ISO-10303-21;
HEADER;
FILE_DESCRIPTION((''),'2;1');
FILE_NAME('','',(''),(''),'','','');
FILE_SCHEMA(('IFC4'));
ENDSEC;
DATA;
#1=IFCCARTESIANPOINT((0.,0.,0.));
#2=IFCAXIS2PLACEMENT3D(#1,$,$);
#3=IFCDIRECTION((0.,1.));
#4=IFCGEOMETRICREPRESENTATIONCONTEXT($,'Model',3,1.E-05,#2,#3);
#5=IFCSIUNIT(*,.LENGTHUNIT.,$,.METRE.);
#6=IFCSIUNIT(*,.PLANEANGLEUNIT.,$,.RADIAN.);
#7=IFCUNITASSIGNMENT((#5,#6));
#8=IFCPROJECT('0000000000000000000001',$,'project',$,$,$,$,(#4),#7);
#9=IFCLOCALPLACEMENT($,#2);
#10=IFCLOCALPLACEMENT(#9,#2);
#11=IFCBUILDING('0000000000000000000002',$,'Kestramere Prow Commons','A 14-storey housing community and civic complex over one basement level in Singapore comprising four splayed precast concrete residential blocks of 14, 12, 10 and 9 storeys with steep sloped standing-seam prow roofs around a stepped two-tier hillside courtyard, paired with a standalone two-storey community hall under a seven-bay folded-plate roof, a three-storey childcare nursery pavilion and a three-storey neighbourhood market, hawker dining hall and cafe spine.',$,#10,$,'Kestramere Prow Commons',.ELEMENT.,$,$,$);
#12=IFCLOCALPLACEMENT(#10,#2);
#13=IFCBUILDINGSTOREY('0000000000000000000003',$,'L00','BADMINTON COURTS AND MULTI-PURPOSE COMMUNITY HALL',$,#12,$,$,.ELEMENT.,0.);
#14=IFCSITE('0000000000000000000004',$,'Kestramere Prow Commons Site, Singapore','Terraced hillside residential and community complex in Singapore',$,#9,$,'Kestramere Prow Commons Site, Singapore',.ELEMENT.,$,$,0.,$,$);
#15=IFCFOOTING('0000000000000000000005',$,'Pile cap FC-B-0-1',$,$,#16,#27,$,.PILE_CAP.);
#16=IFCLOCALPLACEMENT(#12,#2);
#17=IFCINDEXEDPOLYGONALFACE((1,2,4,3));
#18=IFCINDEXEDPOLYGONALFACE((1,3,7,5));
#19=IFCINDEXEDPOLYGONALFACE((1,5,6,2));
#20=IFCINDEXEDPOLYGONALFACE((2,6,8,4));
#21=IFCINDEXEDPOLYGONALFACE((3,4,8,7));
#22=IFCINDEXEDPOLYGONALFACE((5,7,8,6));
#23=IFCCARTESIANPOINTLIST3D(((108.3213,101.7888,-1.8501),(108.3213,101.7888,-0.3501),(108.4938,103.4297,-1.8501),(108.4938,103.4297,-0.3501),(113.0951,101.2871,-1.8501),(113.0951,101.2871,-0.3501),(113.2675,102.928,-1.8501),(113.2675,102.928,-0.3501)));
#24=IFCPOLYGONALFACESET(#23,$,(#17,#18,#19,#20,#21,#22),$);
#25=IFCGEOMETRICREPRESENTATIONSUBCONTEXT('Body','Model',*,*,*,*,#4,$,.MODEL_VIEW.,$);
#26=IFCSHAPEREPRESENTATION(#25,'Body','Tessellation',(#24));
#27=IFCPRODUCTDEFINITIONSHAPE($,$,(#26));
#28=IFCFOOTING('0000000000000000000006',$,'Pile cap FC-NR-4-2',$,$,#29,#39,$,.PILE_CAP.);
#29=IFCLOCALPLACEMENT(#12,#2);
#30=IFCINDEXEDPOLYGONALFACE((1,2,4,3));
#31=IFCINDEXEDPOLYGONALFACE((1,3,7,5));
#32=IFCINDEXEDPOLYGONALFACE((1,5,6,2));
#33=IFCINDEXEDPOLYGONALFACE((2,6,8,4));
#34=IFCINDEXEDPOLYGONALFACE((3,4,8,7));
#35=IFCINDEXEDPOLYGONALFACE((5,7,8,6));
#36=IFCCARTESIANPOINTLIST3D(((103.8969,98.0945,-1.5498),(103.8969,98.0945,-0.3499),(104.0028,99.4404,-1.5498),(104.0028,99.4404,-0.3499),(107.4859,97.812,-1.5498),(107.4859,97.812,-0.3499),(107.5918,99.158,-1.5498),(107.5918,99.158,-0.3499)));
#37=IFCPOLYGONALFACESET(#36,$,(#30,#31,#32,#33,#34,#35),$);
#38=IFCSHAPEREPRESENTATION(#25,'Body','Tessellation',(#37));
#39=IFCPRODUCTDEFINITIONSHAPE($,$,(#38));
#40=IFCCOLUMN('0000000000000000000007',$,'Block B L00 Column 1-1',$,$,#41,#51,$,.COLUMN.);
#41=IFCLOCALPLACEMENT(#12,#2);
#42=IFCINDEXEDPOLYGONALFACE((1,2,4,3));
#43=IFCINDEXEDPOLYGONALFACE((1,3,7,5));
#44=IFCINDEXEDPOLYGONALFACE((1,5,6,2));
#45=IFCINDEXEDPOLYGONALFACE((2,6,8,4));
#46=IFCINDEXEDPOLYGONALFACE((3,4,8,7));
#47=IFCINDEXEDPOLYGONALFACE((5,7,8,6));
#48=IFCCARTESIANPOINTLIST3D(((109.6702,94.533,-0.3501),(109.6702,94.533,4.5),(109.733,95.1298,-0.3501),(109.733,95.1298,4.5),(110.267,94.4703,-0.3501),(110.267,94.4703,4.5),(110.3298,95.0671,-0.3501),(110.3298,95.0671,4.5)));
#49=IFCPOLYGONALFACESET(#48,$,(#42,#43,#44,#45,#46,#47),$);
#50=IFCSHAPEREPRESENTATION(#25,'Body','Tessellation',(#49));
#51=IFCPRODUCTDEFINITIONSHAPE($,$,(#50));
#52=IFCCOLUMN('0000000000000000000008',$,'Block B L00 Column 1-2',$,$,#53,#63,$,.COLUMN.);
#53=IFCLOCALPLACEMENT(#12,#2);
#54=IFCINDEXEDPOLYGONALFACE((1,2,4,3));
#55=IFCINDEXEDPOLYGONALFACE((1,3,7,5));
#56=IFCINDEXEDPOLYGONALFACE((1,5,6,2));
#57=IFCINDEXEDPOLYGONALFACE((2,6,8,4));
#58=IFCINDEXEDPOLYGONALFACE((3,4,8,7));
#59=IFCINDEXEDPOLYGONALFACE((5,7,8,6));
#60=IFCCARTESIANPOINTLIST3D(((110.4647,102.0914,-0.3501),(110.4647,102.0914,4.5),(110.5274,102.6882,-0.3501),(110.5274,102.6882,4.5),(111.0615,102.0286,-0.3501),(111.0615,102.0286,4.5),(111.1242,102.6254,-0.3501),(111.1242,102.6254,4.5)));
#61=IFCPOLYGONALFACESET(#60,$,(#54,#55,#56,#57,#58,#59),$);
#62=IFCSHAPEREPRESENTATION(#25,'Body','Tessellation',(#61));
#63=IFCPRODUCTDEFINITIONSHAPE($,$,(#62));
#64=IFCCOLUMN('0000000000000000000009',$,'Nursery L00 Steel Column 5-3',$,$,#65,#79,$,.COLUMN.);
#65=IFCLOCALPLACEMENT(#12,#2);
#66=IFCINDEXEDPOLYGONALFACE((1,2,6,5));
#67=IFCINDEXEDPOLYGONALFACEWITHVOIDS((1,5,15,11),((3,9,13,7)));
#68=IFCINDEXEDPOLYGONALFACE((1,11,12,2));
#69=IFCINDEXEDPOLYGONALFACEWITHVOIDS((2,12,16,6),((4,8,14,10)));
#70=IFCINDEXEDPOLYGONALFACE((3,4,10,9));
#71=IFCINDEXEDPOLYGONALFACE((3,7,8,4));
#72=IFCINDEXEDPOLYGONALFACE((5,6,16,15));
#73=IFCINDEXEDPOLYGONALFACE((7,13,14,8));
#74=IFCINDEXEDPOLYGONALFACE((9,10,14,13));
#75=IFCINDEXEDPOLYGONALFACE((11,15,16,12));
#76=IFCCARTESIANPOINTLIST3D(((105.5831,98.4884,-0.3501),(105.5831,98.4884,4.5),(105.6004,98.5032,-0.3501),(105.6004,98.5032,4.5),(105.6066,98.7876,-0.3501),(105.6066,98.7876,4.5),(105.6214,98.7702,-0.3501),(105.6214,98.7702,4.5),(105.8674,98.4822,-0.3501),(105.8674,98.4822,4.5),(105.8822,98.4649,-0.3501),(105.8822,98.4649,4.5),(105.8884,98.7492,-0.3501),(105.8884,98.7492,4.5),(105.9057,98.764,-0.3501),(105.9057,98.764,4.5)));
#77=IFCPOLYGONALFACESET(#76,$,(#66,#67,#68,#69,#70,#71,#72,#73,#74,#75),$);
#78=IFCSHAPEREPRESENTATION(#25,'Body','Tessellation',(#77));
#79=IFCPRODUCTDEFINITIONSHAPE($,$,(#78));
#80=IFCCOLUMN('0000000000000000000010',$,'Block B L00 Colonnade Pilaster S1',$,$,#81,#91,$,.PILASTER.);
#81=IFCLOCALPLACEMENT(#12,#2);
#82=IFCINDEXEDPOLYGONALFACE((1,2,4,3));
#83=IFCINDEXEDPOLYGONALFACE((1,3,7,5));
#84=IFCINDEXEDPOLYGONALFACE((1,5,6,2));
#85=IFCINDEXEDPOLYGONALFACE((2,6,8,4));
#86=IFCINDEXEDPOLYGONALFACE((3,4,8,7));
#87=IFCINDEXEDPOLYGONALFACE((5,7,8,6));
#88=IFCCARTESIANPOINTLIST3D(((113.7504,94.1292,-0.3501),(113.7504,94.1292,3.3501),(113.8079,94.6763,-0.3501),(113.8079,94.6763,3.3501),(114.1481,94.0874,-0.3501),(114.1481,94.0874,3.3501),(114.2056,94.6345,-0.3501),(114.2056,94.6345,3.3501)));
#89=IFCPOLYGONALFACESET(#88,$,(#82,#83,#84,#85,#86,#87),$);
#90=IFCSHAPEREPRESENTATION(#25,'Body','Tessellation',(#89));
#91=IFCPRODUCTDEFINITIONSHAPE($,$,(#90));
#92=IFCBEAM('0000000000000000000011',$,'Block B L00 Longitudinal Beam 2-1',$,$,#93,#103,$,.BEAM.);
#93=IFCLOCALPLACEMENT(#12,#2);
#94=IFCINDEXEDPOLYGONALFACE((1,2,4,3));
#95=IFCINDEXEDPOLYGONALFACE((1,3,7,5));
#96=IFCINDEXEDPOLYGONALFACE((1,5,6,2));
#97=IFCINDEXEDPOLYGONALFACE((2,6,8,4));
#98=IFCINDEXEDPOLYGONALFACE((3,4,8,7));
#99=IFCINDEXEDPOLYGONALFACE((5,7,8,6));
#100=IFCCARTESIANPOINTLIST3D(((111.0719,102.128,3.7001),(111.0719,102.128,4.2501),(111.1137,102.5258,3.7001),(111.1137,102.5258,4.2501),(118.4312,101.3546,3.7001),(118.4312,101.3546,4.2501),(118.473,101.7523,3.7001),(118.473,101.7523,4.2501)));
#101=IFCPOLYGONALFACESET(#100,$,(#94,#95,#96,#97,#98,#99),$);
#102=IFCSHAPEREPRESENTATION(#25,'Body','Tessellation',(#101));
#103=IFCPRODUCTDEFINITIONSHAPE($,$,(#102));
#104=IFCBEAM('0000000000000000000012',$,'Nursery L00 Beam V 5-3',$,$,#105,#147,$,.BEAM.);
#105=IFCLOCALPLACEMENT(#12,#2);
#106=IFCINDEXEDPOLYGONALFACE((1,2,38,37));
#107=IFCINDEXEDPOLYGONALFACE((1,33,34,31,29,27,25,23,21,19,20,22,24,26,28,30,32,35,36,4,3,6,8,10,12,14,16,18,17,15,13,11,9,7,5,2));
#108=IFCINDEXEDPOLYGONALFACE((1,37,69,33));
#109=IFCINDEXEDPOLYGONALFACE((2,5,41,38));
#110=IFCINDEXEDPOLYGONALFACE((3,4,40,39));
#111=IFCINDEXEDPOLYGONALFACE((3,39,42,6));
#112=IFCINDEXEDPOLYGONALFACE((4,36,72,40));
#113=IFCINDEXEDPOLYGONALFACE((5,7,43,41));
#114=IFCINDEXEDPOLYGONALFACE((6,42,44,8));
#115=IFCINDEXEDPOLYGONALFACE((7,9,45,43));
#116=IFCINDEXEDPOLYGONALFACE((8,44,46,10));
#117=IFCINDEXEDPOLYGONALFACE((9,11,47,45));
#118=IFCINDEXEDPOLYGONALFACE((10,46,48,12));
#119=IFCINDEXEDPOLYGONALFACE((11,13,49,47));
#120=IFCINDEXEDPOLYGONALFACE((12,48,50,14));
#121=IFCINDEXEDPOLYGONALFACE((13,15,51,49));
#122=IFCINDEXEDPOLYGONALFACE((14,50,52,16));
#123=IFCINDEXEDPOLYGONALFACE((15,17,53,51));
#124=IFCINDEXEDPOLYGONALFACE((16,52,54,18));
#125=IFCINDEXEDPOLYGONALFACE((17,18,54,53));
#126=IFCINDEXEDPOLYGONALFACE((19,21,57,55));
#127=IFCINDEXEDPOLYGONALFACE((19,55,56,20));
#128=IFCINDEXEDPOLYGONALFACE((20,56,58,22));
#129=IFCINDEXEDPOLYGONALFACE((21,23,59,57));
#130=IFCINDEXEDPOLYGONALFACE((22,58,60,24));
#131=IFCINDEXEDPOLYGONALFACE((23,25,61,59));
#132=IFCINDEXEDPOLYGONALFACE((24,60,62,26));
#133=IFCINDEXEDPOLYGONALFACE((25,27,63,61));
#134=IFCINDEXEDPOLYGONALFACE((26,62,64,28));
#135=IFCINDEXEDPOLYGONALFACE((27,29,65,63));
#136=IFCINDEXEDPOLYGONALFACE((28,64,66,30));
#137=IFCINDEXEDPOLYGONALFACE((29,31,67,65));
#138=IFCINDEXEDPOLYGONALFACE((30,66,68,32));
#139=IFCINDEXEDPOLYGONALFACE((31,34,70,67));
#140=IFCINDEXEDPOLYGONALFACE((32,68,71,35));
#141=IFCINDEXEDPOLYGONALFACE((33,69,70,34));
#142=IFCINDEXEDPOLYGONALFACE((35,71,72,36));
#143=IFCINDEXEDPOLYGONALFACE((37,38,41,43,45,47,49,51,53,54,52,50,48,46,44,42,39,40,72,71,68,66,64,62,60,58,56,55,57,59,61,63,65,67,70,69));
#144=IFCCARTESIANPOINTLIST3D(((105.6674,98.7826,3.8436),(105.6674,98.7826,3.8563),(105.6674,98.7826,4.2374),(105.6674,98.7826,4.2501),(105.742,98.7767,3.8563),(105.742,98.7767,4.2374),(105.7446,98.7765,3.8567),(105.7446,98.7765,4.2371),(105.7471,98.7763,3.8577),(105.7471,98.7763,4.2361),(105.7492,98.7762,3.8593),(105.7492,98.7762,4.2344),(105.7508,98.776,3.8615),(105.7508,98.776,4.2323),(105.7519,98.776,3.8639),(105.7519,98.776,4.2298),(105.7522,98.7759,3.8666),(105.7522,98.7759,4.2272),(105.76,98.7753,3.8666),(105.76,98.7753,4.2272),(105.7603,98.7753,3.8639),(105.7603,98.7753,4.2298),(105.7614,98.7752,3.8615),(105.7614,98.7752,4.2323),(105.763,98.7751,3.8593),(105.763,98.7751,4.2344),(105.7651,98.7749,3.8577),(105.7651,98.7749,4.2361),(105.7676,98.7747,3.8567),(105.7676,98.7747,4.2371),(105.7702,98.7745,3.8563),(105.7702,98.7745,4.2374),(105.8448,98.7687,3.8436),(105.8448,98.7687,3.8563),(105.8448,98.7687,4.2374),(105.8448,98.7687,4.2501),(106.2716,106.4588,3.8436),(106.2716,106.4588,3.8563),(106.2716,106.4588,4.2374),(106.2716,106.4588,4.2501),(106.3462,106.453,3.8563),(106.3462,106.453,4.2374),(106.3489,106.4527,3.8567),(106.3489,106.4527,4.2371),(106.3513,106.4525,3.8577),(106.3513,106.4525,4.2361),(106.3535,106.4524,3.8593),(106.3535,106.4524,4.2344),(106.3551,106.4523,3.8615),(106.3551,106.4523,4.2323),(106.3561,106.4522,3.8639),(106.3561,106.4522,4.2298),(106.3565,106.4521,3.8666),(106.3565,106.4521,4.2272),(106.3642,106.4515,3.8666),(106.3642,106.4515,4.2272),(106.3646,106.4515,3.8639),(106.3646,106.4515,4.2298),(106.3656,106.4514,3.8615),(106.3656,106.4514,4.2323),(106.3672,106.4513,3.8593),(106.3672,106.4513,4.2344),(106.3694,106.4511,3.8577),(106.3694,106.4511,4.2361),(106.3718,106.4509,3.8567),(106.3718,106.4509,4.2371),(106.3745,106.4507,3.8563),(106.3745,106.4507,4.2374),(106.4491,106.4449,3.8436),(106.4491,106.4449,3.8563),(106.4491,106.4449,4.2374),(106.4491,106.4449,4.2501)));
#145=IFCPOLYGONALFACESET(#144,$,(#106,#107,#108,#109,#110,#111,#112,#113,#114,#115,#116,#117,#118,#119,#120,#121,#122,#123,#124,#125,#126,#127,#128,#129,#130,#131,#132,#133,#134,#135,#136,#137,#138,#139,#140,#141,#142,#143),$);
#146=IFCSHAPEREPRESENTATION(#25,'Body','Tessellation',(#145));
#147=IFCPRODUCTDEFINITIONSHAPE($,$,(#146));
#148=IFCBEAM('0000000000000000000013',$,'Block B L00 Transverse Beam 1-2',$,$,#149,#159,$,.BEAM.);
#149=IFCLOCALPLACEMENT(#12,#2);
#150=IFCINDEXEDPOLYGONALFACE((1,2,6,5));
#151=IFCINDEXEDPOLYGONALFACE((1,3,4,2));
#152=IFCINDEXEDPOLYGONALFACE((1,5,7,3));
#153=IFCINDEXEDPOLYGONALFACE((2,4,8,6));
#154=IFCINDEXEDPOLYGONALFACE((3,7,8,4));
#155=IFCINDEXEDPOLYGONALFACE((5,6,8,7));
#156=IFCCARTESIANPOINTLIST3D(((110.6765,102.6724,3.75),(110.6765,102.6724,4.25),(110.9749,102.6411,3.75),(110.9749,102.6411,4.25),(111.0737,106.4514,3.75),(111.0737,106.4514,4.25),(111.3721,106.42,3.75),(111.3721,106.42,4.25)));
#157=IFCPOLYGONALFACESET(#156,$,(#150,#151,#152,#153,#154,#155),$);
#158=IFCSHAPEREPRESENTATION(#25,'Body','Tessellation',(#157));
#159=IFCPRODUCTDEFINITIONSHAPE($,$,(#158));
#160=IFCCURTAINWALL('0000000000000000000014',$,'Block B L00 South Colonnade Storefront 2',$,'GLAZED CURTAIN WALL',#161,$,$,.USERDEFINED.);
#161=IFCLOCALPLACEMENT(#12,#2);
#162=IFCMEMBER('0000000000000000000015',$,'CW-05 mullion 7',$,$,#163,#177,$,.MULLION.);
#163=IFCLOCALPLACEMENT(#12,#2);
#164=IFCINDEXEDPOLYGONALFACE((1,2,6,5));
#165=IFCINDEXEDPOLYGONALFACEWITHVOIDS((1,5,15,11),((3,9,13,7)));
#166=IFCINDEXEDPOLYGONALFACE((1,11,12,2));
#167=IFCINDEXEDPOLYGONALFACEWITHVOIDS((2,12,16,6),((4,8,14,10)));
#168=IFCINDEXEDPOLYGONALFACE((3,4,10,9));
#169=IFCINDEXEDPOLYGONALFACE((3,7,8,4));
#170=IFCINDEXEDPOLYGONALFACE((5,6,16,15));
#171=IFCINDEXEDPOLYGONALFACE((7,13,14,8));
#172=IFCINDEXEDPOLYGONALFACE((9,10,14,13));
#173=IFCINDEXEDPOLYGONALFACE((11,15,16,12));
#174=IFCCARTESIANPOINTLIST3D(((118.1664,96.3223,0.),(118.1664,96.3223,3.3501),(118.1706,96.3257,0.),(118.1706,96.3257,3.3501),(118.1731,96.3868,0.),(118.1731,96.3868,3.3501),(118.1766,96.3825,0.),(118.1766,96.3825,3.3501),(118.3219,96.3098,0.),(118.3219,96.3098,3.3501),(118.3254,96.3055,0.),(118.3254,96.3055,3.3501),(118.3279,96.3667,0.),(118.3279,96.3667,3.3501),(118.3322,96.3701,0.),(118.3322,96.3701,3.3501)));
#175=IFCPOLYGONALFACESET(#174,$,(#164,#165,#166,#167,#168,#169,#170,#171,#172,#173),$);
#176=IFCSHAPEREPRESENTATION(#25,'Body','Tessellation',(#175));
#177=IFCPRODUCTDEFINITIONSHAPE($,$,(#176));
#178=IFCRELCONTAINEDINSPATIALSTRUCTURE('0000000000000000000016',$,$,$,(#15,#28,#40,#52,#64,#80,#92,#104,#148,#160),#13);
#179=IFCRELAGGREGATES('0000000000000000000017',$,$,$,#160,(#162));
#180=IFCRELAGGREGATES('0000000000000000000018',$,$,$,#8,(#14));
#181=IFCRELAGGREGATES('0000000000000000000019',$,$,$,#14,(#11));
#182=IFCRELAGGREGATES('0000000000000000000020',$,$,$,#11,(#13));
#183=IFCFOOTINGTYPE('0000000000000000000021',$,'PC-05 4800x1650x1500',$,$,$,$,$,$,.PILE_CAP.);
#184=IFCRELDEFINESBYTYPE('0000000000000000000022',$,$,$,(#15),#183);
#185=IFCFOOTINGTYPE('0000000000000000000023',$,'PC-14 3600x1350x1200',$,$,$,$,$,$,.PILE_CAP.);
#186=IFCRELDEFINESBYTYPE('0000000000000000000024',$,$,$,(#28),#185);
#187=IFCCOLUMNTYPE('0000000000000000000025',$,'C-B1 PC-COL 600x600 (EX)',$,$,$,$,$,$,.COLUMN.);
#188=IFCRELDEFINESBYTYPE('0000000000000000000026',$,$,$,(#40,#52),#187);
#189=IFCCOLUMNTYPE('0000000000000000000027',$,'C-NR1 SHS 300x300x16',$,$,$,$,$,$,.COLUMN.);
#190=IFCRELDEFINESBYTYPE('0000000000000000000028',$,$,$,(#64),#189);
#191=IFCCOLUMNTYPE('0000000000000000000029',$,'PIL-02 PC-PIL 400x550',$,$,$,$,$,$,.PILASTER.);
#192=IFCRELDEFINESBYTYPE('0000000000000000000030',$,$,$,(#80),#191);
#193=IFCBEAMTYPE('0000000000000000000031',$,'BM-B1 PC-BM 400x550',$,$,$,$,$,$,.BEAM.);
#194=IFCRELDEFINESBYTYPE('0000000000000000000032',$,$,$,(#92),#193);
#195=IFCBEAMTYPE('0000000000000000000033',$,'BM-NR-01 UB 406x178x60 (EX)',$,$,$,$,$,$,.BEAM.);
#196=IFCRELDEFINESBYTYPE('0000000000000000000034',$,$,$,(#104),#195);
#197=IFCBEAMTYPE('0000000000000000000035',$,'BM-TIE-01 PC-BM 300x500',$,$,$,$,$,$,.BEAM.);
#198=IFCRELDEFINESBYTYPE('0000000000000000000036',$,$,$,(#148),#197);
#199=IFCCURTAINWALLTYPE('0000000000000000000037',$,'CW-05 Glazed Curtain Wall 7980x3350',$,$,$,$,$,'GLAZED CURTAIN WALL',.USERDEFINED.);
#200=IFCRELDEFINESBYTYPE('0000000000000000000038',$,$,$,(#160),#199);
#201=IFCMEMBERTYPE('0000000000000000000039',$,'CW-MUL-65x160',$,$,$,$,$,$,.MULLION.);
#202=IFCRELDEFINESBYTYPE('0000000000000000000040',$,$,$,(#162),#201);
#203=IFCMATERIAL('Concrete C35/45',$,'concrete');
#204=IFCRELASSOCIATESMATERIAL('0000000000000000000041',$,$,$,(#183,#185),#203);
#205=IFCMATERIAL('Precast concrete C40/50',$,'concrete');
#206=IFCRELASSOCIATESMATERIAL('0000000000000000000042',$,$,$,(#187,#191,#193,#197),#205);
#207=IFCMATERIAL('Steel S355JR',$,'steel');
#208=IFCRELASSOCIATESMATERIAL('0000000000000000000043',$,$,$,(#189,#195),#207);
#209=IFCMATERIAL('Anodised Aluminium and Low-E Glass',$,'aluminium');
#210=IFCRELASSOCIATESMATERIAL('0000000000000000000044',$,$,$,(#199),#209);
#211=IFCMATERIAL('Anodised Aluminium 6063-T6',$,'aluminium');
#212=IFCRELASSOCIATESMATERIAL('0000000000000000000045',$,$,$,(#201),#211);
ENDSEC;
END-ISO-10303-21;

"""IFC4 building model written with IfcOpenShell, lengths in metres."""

from ifc_helpers import new_model, si_unit, direction, frame, origin, origin_2d, place, context, subcontext, project, spatial, rectangle, hollow_rectangle, i_section, extrude, material, material_profile, profile_set, type_object, element, aggregate, save


model = new_model("IFC4")

# Units and contexts
model_context = context("Model", 3, precision=1e-05, world=origin(), true_north=direction((0.0, 1.0)))
body_context = subcontext(model_context, "Body", "Model", "MODEL_VIEW")
ifc_project = project(units=[si_unit("LENGTHUNIT", "METRE"), si_unit("PLANEANGLEUNIT", "RADIAN")], contexts=[model_context])

# Site, building, storey
site_placement = place(None, origin())
site = spatial("IfcSite", under=ifc_project, at=site_placement, Name="Kestramere Prow Commons Site, Singapore", Description="Terraced hillside residential and community complex in Singapore", LongName="Kestramere Prow Commons Site, Singapore", CompositionType="ELEMENT", RefElevation=0.0)
building_placement = place(site_placement, origin())
building = spatial("IfcBuilding", under=site, at=building_placement, Name="Kestramere Prow Commons", Description="A 14-storey housing community and civic complex over one basement level in Singapore comprising four splayed precast concrete residential blocks of 14, 12, 10 and 9 storeys with steep sloped standing-seam prow roofs around a stepped two-tier hillside courtyard, paired with a standalone two-storey community hall under a seven-bay folded-plate roof, a three-storey childcare nursery pavilion and a three-storey neighbourhood market, hawker dining hall and cafe spine.", LongName="Kestramere Prow Commons", CompositionType="ELEMENT")
storey_placement = place(building_placement, origin())
storey = spatial("IfcBuildingStorey", under=building, at=storey_placement, Name="L00", Description="BADMINTON COURTS AND MULTI-PURPOSE COMMUNITY HALL", CompositionType="ELEMENT", Elevation=0.0)

# Shared definitions
ifc_material_1 = material(Name="Concrete C35/45", Category="concrete")

# Footings
footing_type_1 = type_object("IfcFootingType", Name="PC-05 4800x1650x1500", PredefinedType="PILE_CAP", material=ifc_material_1)
footing_1_placement = place(storey_placement, frame((110.7944, 102.3584, -1.8501), z_axis=(0.0, 0.0, 1.0), x_axis=(0.994522, -0.104528, 0.0)))
element("IfcFooting", 1, at=footing_1_placement, inside=storey, type_object=footing_type_1, Name="Pile cap FC-B-0-1", PredefinedType="PILE_CAP", context=body_context, shape_type="SweptSolid", body=[
    extrude(rectangle(XDim=4.8, YDim=1.6499, at=origin_2d()), origin(), (0.0, 0.0, 1.0), 1.5),
])
footing_type_2 = type_object("IfcFootingType", Name="PC-14 3600x1350x1200", PredefinedType="PILE_CAP", material=ifc_material_1)
footing_2_placement = place(storey_placement, frame((105.7444, 98.6262, -1.5498), z_axis=(0.0, 0.0, 1.0), x_axis=(0.996917, -0.078459, 0.0)))
element("IfcFooting", 2, at=footing_2_placement, inside=storey, type_object=footing_type_2, Name="Pile cap FC-NR-4-2", PredefinedType="PILE_CAP", context=body_context, shape_type="SweptSolid", body=[
    extrude(rectangle(XDim=3.6001, YDim=1.3501, at=origin_2d()), origin(), (0.0, 0.0, 1.0), 1.2),
])

# Columns
ifc_material_2 = material(Name="Precast concrete C40/50", Category="concrete")
ifc_material_profile_1 = material_profile(ifc_material_2, rectangle(XDim=0.6001, YDim=0.6001, at=origin_2d()), Name="PC-COL 600x600")
ifc_profile_set_1 = profile_set([ifc_material_profile_1], Name="Precast concrete C40/50")
column_type_1 = type_object("IfcColumnType", Name="C-B1 PC-COL 600x600 (EX)", PredefinedType="COLUMN", material=ifc_profile_set_1)
for number, where, z_axis, x_axis, name in (
    (3, (110.0, 94.8, -0.3501), (0.0, 0.0, 1.0), (0.994522, -0.104528, 0.0), "Block B L00 Column 1-1"),
    (4, (110.7944, 102.3584, -0.3501), (0.0, 0.0, 1.0), (0.994522, -0.104528, 0.0), "Block B L00 Column 1-2"),
):
    element("IfcColumn", number, at=place(storey_placement, frame(where, z_axis=z_axis, x_axis=x_axis)), inside=storey, type_object=column_type_1, Name=name, PredefinedType="COLUMN", context=body_context, shape_type="SweptSolid", body=[
        extrude(rectangle(XDim=0.6001, YDim=0.6001, at=origin_2d()), origin(), (0.0, 0.0, 1.0), 4.8501),
    ])
ifc_material_3 = material(Name="Steel S355JR", Category="steel")
ifc_material_profile_2 = material_profile(ifc_material_3, hollow_rectangle(XDim=0.3, YDim=0.3, WallThickness=0.0161, at=origin_2d()), Name="SHS 300x300x16")
ifc_profile_set_2 = profile_set([ifc_material_profile_2], Name="Steel S355JR")
column_type_2 = type_object("IfcColumnType", Name="C-NR1 SHS 300x300x16", PredefinedType="COLUMN", material=ifc_profile_set_2)
column_1_placement = place(storey_placement, frame((105.7444, 98.6262, -0.3501), z_axis=(0.0, 0.0, 1.0), x_axis=(0.996917, -0.078459, 0.0)))
element("IfcColumn", 5, at=column_1_placement, inside=storey, type_object=column_type_2, Name="Nursery L00 Steel Column 5-3", PredefinedType="COLUMN", context=body_context, shape_type="SweptSolid", body=[
    extrude(hollow_rectangle(XDim=0.3, YDim=0.3, WallThickness=0.0161, at=origin_2d()), origin(), (0.0, 0.0, 1.0), 4.8501),
])
ifc_material_profile_3 = material_profile(ifc_material_2, rectangle(XDim=0.3999, YDim=0.55, at=origin_2d()), Name="PC-PIL 400x550")
ifc_profile_set_3 = profile_set([ifc_material_profile_3], Name="Precast concrete C40/50")
column_type_3 = type_object("IfcColumnType", Name="PIL-02 PC-PIL 400x550", PredefinedType="PILASTER", material=ifc_profile_set_3)
column_2_placement = place(storey_placement, frame((113.978, 94.3818, -0.3501), z_axis=(0.0, 0.0, 1.0), x_axis=(0.994522, -0.104528, 0.0)))
element("IfcColumn", 6, at=column_2_placement, inside=storey, type_object=column_type_3, Name="Block B L00 Colonnade Pilaster S1", PredefinedType="PILASTER", context=body_context, shape_type="SweptSolid", body=[
    extrude(rectangle(XDim=0.3999, YDim=0.55, at=origin_2d()), origin(), (0.0, 0.0, 1.0), 3.7002),
])

# Beams
ifc_material_profile_4 = material_profile(ifc_material_2, rectangle(XDim=0.3999, YDim=0.55, at=origin_2d()), Name="PC-BM 400x550")
ifc_profile_set_4 = profile_set([ifc_material_profile_4], Name="Precast concrete C40/50")
beam_type_1 = type_object("IfcBeamType", Name="BM-B1 PC-BM 400x550", PredefinedType="BEAM", material=ifc_profile_set_4)
beam_1_placement = place(storey_placement, frame((111.0928, 102.3269, 3.9751), z_axis=(0.994523, -0.10452, 0.0), x_axis=(0.10452, 0.994523, 0.0)))
element("IfcBeam", 7, at=beam_1_placement, inside=storey, type_object=beam_type_1, Name="Block B L00 Longitudinal Beam 2-1", PredefinedType="BEAM", context=body_context, shape_type="SweptSolid", body=[
    extrude(rectangle(XDim=0.3999, YDim=0.55, at=origin_2d()), origin(), (0.0, 0.0, 1.0), 7.3999),
])
ifc_material_profile_5 = material_profile(ifc_material_3, i_section(OverallWidth=0.178, OverallDepth=0.4065, WebThickness=0.0078, FlangeThickness=0.0127, FilletRadius=0.0103, at=origin_2d()), Name="UB 406x178x60")
ifc_profile_set_5 = profile_set([ifc_material_profile_5], Name="Steel S355JR")
beam_type_2 = type_object("IfcBeamType", Name="BM-NR-01 UB 406x178x60 (EX)", PredefinedType="BEAM", material=ifc_profile_set_5)
beam_2_placement = place(storey_placement, frame((105.7561, 98.7756, 4.0469), z_axis=(0.078474, 0.996916, 0.0), x_axis=(-0.996916, 0.078474, 0.0)))
element("IfcBeam", 8, at=beam_2_placement, inside=storey, type_object=beam_type_2, Name="Nursery L00 Beam V 5-3", PredefinedType="BEAM", context=body_context, shape_type="SweptSolid", body=[
    extrude(i_section(OverallWidth=0.178, OverallDepth=0.4065, WebThickness=0.0078, FlangeThickness=0.0127, FilletRadius=0.0103, at=origin_2d()), origin(), (0.0, 0.0, 1.0), 7.7),
])
ifc_material_profile_6 = material_profile(ifc_material_2, rectangle(XDim=0.3, YDim=0.5, at=origin_2d()), Name="PC-BM 300x500")
ifc_profile_set_6 = profile_set([ifc_material_profile_6], Name="Precast concrete C40/50")
beam_type_3 = type_object("IfcBeamType", Name="BM-TIE-01 PC-BM 300x500", PredefinedType="BEAM", material=ifc_profile_set_6)
beam_3_placement = place(storey_placement, frame((110.8257, 102.6567, 4.0), z_axis=(0.104534, 0.994521, 0.0), x_axis=(-0.994521, 0.104534, 0.0)))
element("IfcBeam", 9, at=beam_3_placement, inside=storey, type_object=beam_type_3, Name="Block B L00 Transverse Beam 1-2", PredefinedType="BEAM", context=body_context, shape_type="SweptSolid", body=[
    extrude(rectangle(XDim=0.3, YDim=0.5, at=origin_2d()), origin(), (0.0, 0.0, 1.0), 3.7998),
])

# Curtain wall, member
ifc_material_4 = material(Name="Anodised Aluminium and Low-E Glass", Category="aluminium")
curtain_wall_type_1 = type_object("IfcCurtainWallType", Name="CW-05 Glazed Curtain Wall 7980x3350", ElementType="GLAZED CURTAIN WALL", PredefinedType="USERDEFINED", material=ifc_material_4)
curtain_wall_1_placement = place(storey_placement, origin())
curtain_wall_1 = element("IfcCurtainWall", 10, at=curtain_wall_1_placement, inside=storey, type_object=curtain_wall_type_1, Name="Block B L00 South Colonnade Storefront 2", ObjectType="GLAZED CURTAIN WALL", PredefinedType="USERDEFINED")
ifc_material_5 = material(Name="Anodised Aluminium 6063-T6", Category="aluminium")
ifc_material_profile_7 = material_profile(ifc_material_5, hollow_rectangle(XDim=0.0649, YDim=0.1599, WallThickness=0.0039, at=origin_2d()), Name="ALU-MUL 65x160")
ifc_profile_set_7 = profile_set([ifc_material_profile_7], Name="Anodised Aluminium 6063-T6")
member_type_1 = type_object("IfcMemberType", Name="CW-MUL-65x160", PredefinedType="MULLION", material=ifc_profile_set_7)
member_1_placement = place(storey_placement, frame((118.2493, 96.3462, 0.0), z_axis=(0.0, 0.0, 1.0), x_axis=(-0.104529, -0.994522, 0.0)))
member_1 = element("IfcMember", 11, at=member_1_placement, type_object=member_type_1, Name="CW-05 mullion 7", PredefinedType="MULLION", context=body_context, shape_type="SweptSolid", body=[
    extrude(hollow_rectangle(XDim=0.0649, YDim=0.1599, WallThickness=0.0039, at=origin_2d()), origin(), (0.0, 0.0, 1.0), 3.3501),
])
aggregate(curtain_wall_1, [member_1])

save(model, "model.ifc")
